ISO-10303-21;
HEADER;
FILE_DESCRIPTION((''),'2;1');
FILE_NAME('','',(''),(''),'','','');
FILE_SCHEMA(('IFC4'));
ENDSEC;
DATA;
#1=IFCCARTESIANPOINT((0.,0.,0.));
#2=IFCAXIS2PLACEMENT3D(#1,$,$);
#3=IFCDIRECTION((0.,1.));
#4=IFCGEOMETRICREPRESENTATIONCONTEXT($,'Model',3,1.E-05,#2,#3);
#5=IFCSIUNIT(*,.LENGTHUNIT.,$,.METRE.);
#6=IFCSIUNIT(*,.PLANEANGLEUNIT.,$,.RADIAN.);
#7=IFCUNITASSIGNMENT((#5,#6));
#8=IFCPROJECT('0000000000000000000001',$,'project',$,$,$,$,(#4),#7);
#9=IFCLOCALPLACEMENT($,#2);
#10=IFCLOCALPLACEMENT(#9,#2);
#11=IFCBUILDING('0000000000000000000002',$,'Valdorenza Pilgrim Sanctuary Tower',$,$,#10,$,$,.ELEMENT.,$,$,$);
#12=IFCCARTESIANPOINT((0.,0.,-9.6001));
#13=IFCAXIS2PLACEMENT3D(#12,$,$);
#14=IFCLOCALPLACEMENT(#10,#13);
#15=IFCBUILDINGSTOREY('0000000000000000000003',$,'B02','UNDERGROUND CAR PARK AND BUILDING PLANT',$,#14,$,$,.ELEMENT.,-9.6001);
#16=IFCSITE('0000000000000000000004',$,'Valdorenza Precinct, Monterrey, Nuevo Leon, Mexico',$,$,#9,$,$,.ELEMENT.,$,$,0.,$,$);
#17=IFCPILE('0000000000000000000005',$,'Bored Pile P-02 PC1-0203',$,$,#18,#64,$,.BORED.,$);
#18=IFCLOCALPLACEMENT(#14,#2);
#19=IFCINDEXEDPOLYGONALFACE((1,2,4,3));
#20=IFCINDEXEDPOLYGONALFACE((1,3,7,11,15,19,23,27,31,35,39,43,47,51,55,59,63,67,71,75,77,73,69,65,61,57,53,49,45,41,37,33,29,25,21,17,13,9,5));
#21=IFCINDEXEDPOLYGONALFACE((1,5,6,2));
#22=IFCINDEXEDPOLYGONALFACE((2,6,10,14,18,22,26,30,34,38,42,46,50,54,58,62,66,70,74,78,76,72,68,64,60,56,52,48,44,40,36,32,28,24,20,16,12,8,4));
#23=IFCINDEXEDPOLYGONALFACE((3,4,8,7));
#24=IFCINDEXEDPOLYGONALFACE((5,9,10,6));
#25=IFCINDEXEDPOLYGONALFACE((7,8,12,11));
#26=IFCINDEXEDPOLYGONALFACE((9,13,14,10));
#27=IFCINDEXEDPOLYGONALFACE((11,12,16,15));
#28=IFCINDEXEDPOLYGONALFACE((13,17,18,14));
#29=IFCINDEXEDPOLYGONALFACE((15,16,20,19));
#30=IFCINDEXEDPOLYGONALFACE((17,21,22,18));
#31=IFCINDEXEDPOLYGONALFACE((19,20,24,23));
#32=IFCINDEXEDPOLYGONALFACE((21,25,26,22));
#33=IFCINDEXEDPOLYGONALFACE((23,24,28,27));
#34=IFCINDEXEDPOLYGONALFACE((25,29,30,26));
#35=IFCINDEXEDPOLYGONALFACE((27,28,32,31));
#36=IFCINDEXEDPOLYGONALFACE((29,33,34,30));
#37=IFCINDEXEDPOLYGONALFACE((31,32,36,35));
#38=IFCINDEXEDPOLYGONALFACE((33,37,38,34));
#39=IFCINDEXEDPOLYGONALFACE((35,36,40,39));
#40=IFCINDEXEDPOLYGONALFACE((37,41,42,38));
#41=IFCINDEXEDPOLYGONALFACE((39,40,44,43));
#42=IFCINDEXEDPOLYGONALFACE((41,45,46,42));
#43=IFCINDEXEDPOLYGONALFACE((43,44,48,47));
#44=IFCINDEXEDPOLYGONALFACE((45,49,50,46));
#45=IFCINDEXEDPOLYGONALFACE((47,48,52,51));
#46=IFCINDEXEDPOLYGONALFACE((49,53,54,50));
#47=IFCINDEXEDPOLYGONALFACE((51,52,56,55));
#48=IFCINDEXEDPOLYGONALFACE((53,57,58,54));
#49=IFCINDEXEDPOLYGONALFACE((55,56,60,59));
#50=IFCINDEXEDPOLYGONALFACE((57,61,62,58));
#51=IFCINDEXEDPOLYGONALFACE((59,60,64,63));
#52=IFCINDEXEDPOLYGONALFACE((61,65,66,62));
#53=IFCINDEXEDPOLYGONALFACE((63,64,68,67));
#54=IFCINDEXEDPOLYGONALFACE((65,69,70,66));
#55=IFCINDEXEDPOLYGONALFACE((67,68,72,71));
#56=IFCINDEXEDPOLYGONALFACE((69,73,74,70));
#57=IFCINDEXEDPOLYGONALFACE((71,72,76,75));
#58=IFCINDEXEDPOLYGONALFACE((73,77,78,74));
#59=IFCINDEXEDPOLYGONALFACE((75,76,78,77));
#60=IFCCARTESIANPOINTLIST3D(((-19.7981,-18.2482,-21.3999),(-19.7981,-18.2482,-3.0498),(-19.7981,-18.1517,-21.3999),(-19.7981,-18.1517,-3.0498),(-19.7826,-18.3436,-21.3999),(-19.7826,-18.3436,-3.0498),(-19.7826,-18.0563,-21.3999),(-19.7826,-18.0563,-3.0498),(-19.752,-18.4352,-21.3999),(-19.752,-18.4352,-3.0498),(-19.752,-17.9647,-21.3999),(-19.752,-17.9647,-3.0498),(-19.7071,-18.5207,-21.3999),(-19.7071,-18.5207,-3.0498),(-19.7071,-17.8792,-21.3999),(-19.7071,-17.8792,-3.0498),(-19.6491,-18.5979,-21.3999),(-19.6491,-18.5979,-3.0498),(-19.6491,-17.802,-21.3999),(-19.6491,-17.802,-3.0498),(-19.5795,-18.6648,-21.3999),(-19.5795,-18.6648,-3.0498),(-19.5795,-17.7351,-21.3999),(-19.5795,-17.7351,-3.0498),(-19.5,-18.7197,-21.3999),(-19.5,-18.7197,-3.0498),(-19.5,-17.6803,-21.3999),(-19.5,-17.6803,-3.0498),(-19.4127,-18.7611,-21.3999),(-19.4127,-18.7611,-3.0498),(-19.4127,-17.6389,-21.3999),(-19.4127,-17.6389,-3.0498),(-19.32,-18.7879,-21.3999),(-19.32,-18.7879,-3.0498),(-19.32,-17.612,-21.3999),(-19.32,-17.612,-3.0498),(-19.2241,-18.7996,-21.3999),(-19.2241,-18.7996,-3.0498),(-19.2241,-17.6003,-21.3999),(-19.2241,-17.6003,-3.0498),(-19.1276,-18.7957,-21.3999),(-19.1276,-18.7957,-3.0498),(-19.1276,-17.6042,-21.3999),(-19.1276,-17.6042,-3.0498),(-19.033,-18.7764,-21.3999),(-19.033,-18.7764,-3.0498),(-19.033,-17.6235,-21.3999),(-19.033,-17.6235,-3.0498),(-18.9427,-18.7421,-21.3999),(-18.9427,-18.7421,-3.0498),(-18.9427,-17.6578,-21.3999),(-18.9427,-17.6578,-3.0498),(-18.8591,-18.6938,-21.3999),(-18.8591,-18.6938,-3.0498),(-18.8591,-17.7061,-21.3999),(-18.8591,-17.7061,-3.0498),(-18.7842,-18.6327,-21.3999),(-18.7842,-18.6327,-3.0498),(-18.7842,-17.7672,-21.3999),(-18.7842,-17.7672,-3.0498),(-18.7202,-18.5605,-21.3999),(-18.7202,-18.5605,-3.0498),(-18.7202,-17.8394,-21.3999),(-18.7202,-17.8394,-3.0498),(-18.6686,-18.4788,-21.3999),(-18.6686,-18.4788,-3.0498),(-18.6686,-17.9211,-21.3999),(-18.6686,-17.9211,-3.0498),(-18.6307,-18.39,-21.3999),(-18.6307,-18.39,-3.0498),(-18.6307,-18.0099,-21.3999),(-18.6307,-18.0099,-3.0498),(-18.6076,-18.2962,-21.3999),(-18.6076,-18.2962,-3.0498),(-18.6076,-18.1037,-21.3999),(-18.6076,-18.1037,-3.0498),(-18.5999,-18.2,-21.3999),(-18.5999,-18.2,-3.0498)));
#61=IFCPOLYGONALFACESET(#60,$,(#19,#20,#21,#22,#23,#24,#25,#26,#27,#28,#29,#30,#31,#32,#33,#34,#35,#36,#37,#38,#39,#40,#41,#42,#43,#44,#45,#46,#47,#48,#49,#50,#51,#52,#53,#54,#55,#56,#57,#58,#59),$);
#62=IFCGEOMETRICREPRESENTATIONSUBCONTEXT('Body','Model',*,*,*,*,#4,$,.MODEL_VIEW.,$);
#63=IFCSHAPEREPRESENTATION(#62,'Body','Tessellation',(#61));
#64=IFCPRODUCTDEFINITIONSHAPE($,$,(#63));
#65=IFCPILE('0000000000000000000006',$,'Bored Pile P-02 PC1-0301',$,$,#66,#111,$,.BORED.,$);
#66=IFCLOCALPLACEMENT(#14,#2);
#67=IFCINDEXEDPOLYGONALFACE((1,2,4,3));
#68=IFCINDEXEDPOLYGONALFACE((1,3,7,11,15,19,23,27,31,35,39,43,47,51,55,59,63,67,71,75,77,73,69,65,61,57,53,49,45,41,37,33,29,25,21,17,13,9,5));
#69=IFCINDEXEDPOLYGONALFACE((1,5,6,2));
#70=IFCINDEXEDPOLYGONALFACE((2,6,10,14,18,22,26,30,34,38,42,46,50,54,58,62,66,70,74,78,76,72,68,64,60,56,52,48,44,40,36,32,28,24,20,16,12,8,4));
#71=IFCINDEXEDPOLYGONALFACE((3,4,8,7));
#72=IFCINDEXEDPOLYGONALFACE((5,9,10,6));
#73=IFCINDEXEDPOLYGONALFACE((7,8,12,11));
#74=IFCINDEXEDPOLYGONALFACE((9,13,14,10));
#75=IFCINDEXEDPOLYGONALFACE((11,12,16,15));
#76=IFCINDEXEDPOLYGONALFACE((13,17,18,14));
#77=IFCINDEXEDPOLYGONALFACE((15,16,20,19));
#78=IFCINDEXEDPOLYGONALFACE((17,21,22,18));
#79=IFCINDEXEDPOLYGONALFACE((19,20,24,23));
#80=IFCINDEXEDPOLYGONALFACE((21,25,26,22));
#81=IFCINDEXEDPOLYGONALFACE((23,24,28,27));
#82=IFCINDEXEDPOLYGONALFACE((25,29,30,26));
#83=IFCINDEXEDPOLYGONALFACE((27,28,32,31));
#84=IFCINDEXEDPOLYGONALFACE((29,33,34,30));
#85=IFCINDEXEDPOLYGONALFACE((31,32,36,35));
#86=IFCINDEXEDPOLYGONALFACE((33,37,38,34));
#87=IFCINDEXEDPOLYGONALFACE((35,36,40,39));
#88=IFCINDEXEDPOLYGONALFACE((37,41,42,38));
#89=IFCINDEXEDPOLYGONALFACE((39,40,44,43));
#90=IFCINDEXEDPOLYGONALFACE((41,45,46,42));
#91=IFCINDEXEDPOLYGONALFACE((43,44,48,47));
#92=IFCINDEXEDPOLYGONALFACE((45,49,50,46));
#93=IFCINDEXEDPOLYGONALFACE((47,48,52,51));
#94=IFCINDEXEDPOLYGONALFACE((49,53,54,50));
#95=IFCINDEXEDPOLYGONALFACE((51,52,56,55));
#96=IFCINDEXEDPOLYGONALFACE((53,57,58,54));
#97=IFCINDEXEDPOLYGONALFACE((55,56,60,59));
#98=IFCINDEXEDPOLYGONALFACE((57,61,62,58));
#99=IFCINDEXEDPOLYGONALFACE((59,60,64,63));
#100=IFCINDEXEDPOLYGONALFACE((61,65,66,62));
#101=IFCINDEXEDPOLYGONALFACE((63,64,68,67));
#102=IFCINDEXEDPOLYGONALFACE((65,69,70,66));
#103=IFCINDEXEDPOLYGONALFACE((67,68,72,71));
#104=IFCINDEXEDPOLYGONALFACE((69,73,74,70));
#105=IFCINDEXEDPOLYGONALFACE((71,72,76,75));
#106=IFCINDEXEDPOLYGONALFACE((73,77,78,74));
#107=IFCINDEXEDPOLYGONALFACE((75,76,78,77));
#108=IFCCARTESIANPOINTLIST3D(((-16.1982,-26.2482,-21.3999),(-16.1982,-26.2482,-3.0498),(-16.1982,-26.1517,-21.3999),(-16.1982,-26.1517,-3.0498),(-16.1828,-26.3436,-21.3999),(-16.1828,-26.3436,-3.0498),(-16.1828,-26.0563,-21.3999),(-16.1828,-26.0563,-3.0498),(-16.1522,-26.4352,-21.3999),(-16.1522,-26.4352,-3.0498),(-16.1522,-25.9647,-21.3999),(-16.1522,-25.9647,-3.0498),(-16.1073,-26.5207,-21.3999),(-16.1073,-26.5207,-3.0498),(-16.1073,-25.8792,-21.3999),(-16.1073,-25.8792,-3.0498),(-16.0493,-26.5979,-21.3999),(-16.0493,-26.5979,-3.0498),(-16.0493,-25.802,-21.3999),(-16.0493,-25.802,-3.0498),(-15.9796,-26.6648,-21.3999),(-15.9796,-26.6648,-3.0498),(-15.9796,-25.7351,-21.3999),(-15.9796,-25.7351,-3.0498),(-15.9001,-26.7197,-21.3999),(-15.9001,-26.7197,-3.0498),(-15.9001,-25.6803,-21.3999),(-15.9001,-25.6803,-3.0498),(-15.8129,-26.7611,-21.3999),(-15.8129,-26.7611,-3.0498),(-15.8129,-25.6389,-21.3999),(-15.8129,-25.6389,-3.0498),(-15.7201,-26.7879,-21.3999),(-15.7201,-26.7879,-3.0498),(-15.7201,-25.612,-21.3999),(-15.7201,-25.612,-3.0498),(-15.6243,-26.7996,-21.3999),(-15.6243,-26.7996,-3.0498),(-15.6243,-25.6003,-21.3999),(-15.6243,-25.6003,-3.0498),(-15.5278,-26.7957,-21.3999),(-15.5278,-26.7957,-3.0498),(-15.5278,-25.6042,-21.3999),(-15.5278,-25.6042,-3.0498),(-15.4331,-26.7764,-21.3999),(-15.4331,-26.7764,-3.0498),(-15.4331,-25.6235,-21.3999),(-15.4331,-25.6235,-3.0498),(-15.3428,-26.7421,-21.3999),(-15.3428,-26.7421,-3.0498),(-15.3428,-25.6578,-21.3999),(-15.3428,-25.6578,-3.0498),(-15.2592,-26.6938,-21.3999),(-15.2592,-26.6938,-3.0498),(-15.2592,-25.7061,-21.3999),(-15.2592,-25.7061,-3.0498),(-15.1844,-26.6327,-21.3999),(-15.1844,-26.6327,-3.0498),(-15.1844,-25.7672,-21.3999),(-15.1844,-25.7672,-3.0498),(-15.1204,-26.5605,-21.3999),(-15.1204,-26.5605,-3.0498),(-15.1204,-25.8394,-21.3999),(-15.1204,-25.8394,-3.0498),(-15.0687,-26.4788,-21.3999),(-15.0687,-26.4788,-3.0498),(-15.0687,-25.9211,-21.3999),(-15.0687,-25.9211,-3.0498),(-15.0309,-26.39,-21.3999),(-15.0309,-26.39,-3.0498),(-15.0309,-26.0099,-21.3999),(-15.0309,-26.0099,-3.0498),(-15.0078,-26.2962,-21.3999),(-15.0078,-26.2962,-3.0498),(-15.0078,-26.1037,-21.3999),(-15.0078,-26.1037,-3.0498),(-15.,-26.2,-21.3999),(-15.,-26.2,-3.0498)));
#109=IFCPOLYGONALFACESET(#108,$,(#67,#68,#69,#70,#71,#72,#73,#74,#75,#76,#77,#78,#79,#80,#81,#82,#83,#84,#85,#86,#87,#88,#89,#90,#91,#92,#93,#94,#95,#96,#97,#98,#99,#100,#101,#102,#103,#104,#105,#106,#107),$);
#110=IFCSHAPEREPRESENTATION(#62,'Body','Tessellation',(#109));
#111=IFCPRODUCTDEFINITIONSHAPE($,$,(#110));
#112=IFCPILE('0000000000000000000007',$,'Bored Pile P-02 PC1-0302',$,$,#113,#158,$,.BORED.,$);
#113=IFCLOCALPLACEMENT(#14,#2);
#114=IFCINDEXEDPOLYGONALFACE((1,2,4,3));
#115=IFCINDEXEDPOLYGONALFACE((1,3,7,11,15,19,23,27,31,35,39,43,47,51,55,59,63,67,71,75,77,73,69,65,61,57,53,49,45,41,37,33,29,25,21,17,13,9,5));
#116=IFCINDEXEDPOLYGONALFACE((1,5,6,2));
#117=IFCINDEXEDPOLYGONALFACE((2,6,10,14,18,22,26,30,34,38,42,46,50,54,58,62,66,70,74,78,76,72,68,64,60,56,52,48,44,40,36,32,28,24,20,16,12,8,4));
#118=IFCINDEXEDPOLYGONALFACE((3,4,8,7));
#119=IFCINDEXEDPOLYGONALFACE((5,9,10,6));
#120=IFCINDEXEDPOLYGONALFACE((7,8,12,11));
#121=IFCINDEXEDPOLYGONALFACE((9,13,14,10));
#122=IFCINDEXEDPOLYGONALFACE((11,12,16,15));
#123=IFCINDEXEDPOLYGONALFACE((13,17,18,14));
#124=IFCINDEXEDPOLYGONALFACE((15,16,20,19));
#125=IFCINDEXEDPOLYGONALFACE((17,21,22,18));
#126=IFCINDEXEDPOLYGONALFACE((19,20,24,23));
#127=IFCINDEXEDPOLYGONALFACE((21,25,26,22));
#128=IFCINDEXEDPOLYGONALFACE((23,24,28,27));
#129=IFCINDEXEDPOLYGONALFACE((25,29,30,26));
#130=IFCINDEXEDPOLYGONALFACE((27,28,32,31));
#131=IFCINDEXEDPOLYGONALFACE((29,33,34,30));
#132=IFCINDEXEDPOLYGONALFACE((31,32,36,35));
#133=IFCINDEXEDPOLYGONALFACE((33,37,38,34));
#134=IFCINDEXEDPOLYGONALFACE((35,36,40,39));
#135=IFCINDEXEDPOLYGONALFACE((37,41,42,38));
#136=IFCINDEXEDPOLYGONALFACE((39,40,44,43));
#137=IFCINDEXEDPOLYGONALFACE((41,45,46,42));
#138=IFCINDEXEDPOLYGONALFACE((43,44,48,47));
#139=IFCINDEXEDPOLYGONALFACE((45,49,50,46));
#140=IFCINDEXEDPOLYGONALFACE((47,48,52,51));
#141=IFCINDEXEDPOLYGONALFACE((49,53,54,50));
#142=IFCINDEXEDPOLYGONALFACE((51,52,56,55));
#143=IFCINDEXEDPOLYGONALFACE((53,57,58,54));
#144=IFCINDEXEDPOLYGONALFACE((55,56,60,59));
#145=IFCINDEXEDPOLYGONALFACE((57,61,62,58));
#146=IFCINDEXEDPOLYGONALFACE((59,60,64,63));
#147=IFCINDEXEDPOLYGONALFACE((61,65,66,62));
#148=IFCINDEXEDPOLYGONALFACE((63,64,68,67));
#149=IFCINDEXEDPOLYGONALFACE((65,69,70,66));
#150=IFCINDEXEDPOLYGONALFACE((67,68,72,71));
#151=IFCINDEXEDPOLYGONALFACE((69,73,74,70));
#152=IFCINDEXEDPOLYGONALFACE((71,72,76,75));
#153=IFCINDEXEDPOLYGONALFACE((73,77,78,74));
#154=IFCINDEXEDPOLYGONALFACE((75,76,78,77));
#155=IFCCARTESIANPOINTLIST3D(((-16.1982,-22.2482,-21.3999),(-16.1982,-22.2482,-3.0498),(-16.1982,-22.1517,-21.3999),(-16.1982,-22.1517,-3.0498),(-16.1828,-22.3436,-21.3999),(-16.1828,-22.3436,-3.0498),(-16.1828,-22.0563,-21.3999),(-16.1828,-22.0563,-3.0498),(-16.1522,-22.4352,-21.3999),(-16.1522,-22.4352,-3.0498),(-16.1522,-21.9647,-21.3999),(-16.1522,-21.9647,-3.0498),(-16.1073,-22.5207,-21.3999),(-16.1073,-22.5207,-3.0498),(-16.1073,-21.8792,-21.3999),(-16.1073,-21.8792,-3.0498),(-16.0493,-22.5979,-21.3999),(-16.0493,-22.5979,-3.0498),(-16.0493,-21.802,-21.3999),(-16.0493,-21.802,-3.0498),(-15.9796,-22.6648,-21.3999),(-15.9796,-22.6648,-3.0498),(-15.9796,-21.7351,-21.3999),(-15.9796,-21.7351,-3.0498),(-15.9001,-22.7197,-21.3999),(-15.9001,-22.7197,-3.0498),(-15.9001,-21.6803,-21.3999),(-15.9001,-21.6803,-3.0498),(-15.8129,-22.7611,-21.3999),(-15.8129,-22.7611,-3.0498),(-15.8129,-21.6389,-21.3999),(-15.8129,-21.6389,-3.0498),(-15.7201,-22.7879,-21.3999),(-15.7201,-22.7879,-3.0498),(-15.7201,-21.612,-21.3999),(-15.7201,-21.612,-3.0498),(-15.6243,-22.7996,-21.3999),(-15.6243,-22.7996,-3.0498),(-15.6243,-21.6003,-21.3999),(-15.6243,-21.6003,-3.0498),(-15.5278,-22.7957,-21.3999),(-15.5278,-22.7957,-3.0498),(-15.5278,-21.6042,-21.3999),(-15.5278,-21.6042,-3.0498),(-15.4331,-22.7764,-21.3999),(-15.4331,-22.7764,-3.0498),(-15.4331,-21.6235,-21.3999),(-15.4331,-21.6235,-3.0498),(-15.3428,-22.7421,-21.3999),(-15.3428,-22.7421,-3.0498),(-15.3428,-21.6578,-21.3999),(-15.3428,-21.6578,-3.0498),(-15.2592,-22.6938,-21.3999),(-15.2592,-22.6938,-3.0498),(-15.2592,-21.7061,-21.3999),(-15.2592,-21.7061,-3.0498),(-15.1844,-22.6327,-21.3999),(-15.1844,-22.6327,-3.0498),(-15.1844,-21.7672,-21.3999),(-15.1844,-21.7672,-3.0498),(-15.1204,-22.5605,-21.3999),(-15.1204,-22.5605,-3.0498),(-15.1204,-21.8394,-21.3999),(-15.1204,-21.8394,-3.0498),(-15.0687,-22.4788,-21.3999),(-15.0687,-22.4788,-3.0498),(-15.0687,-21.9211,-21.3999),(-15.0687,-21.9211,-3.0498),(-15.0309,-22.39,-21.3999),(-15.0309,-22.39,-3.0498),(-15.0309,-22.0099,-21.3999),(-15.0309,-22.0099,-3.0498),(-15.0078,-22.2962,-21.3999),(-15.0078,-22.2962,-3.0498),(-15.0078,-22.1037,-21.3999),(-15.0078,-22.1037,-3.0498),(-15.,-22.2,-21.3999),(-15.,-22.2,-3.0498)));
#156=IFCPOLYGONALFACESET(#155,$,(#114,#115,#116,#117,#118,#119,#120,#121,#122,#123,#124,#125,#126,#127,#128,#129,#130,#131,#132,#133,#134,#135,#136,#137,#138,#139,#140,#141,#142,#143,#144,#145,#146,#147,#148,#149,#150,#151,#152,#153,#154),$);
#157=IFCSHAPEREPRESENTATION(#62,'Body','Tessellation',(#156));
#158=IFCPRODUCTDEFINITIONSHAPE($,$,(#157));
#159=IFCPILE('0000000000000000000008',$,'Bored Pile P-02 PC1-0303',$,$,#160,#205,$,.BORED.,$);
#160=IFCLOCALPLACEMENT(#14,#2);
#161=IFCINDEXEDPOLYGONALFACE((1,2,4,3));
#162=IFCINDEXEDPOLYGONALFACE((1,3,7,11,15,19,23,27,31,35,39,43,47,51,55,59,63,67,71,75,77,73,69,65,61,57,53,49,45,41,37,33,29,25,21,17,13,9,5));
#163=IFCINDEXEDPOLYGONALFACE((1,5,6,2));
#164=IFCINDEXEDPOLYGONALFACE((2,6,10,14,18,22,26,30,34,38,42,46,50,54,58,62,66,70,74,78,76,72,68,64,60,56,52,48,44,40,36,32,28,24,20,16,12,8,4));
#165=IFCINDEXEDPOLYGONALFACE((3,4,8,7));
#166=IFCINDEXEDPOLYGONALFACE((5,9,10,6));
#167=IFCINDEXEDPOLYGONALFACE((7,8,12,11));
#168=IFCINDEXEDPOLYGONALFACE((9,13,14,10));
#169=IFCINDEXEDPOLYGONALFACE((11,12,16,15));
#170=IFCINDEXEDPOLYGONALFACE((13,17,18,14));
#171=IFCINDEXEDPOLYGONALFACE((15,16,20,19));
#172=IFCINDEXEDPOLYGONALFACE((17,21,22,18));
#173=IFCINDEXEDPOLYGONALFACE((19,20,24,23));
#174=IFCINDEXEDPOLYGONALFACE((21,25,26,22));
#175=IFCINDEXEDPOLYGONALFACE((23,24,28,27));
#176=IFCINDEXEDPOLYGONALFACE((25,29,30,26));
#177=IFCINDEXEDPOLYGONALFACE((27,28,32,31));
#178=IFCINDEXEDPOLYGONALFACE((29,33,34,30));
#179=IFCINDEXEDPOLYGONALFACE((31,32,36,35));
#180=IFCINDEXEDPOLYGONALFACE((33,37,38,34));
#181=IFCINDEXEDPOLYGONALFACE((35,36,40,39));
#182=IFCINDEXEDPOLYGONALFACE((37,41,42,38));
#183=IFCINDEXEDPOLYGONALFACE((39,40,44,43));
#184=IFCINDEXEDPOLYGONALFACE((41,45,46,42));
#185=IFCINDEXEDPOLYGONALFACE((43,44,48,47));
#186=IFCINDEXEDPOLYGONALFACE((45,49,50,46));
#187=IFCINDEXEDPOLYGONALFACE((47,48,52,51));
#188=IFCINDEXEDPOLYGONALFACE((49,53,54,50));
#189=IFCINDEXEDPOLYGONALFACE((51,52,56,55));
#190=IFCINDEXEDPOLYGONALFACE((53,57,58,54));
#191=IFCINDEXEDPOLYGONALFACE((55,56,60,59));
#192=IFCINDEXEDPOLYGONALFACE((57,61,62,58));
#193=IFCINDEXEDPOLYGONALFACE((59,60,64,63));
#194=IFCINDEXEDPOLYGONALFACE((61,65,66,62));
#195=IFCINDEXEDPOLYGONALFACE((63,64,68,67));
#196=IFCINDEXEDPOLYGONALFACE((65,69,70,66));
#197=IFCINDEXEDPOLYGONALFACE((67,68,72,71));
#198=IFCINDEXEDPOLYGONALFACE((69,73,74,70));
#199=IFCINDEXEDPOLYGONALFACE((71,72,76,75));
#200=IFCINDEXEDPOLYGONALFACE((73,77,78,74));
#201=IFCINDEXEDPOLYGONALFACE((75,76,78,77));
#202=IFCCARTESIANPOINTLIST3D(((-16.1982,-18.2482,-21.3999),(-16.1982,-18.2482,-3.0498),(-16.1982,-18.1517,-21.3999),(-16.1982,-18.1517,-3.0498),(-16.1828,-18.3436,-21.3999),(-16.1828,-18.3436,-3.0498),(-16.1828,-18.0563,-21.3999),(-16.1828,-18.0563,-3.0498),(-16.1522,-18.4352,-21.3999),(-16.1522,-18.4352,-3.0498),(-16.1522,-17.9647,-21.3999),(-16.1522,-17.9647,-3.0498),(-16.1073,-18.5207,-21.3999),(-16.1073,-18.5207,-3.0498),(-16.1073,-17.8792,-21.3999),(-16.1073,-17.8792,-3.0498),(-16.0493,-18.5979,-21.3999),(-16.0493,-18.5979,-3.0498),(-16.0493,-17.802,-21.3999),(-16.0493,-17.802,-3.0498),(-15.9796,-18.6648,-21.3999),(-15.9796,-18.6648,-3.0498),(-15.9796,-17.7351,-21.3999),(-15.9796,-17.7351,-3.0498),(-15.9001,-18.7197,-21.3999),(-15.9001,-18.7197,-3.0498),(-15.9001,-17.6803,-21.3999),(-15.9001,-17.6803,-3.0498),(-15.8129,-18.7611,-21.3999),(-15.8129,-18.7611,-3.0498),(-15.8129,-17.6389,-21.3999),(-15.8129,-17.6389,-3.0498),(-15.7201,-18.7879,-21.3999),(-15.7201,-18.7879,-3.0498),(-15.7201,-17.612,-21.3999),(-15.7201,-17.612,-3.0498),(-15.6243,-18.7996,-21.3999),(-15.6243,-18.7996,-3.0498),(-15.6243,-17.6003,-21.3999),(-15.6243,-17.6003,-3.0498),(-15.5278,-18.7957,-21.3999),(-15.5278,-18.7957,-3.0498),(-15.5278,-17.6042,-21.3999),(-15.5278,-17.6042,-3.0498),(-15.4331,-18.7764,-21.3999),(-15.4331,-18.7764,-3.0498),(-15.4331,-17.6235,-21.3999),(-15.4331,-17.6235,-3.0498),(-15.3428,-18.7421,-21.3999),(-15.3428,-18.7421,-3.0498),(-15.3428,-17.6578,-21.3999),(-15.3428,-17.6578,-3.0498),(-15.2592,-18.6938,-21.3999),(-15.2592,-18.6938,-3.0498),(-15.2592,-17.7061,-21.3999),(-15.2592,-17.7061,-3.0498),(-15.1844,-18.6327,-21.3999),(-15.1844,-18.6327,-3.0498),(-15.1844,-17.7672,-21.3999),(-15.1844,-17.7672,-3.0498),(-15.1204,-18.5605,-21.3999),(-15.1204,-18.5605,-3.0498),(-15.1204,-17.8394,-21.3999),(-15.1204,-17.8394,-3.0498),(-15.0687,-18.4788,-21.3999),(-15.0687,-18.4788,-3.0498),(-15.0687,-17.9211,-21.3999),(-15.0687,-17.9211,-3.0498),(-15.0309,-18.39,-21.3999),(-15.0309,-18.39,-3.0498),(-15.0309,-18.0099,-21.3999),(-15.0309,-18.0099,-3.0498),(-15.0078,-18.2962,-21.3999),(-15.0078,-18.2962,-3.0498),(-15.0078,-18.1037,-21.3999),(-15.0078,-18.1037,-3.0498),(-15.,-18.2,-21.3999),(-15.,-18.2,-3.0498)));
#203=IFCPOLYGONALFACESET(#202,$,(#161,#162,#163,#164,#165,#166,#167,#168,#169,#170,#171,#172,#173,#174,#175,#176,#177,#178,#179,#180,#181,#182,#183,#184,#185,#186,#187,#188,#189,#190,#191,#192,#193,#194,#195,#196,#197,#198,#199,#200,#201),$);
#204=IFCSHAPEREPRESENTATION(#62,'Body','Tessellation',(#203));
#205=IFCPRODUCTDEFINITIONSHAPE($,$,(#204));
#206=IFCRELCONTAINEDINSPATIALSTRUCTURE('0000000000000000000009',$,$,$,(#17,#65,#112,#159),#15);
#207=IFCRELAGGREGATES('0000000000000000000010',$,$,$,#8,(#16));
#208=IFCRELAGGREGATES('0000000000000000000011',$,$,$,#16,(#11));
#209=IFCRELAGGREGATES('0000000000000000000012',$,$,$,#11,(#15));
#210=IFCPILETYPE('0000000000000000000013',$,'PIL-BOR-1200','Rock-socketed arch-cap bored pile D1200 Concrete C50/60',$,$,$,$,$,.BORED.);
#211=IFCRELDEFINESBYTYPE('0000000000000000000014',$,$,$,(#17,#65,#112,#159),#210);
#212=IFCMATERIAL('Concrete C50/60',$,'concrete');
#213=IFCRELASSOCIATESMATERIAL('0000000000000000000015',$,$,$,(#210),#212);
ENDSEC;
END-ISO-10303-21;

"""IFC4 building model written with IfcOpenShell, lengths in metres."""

from ifc_helpers import new_model, si_unit, direction, frame, origin, origin_2d, place, context, subcontext, project, spatial, circle, extrude, source, transform, mapped, material, material_profile, profile_set, type_object, element, save


model = new_model("IFC4")

# Units and contexts
model_context = context("Model", 3, precision=1e-05, world=origin(), true_north=direction((0.0, 1.0)))
body_context = subcontext(model_context, "Body", "Model", "MODEL_VIEW")
ifc_project = project(units=[si_unit("LENGTHUNIT", "METRE"), si_unit("PLANEANGLEUNIT", "RADIAN")], contexts=[model_context])

# Site, building, storey
site_placement = place(None, origin())
site = spatial("IfcSite", under=ifc_project, at=site_placement, Name="Valdorenza Precinct, Monterrey, Nuevo Leon, Mexico", CompositionType="ELEMENT", RefElevation=0.0)
building_placement = place(site_placement, origin())
building = spatial("IfcBuilding", under=site, at=building_placement, Name="Valdorenza Pilgrim Sanctuary Tower", CompositionType="ELEMENT")
storey_placement = place(building_placement, frame((0.0, 0.0, -9.6001)))
storey = spatial("IfcBuildingStorey", under=building, at=storey_placement, Name="B02", Description="UNDERGROUND CAR PARK AND BUILDING PLANT", CompositionType="ELEMENT", Elevation=-9.6001)

# Shared definitions
ifc_material_1 = material(Name="Concrete C50/60", Category="concrete")

# Piles
ifc_material_profile_1 = material_profile(ifc_material_1, circle(Radius=0.6001, at=origin_2d()), Name="BORED PILE 1200")
ifc_profile_set_1 = profile_set([ifc_material_profile_1], Name="Concrete C50/60")
pile_type_1 = type_object("IfcPileType", Name="PIL-BOR-1200", Description="Rock-socketed arch-cap bored pile D1200 Concrete C50/60", PredefinedType="BORED", material=ifc_profile_set_1)
shared_shape_1 = source(origin(), body_context, "Body", "SweptSolid", [
    extrude(circle(Radius=0.6001, at=origin_2d()), origin(), (0.0, 0.0, 1.0), 18.3501),
])
for number, where, z_axis, x_axis, name in (
    (1, (-19.2, -18.2, -3.0498), (0.0, 0.0, -1.0), (1.0, 0.0, 0.0), "Bored Pile P-02 PC1-0203"),
    (2, (-15.6001, -26.2, -3.0498), (0.0, 0.0, -1.0), (1.0, 0.0, 0.0), "Bored Pile P-02 PC1-0301"),
    (3, (-15.6001, -22.2, -3.0498), (0.0, 0.0, -1.0), (1.0, 0.0, 0.0), "Bored Pile P-02 PC1-0302"),
    (4, (-15.6001, -18.2, -3.0498), (0.0, 0.0, -1.0), (1.0, 0.0, 0.0), "Bored Pile P-02 PC1-0303"),
):
    element("IfcPile", number, at=place(storey_placement, frame(where, z_axis=z_axis, x_axis=x_axis)), inside=storey, type_object=pile_type_1, Name=name, PredefinedType="BORED", context=body_context, shape_type="MappedRepresentation", body=[
        mapped(shared_shape_1, transform((0.0, 0.0, 0.0), x_axis=(1.0, 0.0, 0.0), y_axis=(0.0, 1.0, 0.0), z_axis=(0.0, 0.0, 1.0), scale=1.0)),
    ])

save(model, "model.ifc")
